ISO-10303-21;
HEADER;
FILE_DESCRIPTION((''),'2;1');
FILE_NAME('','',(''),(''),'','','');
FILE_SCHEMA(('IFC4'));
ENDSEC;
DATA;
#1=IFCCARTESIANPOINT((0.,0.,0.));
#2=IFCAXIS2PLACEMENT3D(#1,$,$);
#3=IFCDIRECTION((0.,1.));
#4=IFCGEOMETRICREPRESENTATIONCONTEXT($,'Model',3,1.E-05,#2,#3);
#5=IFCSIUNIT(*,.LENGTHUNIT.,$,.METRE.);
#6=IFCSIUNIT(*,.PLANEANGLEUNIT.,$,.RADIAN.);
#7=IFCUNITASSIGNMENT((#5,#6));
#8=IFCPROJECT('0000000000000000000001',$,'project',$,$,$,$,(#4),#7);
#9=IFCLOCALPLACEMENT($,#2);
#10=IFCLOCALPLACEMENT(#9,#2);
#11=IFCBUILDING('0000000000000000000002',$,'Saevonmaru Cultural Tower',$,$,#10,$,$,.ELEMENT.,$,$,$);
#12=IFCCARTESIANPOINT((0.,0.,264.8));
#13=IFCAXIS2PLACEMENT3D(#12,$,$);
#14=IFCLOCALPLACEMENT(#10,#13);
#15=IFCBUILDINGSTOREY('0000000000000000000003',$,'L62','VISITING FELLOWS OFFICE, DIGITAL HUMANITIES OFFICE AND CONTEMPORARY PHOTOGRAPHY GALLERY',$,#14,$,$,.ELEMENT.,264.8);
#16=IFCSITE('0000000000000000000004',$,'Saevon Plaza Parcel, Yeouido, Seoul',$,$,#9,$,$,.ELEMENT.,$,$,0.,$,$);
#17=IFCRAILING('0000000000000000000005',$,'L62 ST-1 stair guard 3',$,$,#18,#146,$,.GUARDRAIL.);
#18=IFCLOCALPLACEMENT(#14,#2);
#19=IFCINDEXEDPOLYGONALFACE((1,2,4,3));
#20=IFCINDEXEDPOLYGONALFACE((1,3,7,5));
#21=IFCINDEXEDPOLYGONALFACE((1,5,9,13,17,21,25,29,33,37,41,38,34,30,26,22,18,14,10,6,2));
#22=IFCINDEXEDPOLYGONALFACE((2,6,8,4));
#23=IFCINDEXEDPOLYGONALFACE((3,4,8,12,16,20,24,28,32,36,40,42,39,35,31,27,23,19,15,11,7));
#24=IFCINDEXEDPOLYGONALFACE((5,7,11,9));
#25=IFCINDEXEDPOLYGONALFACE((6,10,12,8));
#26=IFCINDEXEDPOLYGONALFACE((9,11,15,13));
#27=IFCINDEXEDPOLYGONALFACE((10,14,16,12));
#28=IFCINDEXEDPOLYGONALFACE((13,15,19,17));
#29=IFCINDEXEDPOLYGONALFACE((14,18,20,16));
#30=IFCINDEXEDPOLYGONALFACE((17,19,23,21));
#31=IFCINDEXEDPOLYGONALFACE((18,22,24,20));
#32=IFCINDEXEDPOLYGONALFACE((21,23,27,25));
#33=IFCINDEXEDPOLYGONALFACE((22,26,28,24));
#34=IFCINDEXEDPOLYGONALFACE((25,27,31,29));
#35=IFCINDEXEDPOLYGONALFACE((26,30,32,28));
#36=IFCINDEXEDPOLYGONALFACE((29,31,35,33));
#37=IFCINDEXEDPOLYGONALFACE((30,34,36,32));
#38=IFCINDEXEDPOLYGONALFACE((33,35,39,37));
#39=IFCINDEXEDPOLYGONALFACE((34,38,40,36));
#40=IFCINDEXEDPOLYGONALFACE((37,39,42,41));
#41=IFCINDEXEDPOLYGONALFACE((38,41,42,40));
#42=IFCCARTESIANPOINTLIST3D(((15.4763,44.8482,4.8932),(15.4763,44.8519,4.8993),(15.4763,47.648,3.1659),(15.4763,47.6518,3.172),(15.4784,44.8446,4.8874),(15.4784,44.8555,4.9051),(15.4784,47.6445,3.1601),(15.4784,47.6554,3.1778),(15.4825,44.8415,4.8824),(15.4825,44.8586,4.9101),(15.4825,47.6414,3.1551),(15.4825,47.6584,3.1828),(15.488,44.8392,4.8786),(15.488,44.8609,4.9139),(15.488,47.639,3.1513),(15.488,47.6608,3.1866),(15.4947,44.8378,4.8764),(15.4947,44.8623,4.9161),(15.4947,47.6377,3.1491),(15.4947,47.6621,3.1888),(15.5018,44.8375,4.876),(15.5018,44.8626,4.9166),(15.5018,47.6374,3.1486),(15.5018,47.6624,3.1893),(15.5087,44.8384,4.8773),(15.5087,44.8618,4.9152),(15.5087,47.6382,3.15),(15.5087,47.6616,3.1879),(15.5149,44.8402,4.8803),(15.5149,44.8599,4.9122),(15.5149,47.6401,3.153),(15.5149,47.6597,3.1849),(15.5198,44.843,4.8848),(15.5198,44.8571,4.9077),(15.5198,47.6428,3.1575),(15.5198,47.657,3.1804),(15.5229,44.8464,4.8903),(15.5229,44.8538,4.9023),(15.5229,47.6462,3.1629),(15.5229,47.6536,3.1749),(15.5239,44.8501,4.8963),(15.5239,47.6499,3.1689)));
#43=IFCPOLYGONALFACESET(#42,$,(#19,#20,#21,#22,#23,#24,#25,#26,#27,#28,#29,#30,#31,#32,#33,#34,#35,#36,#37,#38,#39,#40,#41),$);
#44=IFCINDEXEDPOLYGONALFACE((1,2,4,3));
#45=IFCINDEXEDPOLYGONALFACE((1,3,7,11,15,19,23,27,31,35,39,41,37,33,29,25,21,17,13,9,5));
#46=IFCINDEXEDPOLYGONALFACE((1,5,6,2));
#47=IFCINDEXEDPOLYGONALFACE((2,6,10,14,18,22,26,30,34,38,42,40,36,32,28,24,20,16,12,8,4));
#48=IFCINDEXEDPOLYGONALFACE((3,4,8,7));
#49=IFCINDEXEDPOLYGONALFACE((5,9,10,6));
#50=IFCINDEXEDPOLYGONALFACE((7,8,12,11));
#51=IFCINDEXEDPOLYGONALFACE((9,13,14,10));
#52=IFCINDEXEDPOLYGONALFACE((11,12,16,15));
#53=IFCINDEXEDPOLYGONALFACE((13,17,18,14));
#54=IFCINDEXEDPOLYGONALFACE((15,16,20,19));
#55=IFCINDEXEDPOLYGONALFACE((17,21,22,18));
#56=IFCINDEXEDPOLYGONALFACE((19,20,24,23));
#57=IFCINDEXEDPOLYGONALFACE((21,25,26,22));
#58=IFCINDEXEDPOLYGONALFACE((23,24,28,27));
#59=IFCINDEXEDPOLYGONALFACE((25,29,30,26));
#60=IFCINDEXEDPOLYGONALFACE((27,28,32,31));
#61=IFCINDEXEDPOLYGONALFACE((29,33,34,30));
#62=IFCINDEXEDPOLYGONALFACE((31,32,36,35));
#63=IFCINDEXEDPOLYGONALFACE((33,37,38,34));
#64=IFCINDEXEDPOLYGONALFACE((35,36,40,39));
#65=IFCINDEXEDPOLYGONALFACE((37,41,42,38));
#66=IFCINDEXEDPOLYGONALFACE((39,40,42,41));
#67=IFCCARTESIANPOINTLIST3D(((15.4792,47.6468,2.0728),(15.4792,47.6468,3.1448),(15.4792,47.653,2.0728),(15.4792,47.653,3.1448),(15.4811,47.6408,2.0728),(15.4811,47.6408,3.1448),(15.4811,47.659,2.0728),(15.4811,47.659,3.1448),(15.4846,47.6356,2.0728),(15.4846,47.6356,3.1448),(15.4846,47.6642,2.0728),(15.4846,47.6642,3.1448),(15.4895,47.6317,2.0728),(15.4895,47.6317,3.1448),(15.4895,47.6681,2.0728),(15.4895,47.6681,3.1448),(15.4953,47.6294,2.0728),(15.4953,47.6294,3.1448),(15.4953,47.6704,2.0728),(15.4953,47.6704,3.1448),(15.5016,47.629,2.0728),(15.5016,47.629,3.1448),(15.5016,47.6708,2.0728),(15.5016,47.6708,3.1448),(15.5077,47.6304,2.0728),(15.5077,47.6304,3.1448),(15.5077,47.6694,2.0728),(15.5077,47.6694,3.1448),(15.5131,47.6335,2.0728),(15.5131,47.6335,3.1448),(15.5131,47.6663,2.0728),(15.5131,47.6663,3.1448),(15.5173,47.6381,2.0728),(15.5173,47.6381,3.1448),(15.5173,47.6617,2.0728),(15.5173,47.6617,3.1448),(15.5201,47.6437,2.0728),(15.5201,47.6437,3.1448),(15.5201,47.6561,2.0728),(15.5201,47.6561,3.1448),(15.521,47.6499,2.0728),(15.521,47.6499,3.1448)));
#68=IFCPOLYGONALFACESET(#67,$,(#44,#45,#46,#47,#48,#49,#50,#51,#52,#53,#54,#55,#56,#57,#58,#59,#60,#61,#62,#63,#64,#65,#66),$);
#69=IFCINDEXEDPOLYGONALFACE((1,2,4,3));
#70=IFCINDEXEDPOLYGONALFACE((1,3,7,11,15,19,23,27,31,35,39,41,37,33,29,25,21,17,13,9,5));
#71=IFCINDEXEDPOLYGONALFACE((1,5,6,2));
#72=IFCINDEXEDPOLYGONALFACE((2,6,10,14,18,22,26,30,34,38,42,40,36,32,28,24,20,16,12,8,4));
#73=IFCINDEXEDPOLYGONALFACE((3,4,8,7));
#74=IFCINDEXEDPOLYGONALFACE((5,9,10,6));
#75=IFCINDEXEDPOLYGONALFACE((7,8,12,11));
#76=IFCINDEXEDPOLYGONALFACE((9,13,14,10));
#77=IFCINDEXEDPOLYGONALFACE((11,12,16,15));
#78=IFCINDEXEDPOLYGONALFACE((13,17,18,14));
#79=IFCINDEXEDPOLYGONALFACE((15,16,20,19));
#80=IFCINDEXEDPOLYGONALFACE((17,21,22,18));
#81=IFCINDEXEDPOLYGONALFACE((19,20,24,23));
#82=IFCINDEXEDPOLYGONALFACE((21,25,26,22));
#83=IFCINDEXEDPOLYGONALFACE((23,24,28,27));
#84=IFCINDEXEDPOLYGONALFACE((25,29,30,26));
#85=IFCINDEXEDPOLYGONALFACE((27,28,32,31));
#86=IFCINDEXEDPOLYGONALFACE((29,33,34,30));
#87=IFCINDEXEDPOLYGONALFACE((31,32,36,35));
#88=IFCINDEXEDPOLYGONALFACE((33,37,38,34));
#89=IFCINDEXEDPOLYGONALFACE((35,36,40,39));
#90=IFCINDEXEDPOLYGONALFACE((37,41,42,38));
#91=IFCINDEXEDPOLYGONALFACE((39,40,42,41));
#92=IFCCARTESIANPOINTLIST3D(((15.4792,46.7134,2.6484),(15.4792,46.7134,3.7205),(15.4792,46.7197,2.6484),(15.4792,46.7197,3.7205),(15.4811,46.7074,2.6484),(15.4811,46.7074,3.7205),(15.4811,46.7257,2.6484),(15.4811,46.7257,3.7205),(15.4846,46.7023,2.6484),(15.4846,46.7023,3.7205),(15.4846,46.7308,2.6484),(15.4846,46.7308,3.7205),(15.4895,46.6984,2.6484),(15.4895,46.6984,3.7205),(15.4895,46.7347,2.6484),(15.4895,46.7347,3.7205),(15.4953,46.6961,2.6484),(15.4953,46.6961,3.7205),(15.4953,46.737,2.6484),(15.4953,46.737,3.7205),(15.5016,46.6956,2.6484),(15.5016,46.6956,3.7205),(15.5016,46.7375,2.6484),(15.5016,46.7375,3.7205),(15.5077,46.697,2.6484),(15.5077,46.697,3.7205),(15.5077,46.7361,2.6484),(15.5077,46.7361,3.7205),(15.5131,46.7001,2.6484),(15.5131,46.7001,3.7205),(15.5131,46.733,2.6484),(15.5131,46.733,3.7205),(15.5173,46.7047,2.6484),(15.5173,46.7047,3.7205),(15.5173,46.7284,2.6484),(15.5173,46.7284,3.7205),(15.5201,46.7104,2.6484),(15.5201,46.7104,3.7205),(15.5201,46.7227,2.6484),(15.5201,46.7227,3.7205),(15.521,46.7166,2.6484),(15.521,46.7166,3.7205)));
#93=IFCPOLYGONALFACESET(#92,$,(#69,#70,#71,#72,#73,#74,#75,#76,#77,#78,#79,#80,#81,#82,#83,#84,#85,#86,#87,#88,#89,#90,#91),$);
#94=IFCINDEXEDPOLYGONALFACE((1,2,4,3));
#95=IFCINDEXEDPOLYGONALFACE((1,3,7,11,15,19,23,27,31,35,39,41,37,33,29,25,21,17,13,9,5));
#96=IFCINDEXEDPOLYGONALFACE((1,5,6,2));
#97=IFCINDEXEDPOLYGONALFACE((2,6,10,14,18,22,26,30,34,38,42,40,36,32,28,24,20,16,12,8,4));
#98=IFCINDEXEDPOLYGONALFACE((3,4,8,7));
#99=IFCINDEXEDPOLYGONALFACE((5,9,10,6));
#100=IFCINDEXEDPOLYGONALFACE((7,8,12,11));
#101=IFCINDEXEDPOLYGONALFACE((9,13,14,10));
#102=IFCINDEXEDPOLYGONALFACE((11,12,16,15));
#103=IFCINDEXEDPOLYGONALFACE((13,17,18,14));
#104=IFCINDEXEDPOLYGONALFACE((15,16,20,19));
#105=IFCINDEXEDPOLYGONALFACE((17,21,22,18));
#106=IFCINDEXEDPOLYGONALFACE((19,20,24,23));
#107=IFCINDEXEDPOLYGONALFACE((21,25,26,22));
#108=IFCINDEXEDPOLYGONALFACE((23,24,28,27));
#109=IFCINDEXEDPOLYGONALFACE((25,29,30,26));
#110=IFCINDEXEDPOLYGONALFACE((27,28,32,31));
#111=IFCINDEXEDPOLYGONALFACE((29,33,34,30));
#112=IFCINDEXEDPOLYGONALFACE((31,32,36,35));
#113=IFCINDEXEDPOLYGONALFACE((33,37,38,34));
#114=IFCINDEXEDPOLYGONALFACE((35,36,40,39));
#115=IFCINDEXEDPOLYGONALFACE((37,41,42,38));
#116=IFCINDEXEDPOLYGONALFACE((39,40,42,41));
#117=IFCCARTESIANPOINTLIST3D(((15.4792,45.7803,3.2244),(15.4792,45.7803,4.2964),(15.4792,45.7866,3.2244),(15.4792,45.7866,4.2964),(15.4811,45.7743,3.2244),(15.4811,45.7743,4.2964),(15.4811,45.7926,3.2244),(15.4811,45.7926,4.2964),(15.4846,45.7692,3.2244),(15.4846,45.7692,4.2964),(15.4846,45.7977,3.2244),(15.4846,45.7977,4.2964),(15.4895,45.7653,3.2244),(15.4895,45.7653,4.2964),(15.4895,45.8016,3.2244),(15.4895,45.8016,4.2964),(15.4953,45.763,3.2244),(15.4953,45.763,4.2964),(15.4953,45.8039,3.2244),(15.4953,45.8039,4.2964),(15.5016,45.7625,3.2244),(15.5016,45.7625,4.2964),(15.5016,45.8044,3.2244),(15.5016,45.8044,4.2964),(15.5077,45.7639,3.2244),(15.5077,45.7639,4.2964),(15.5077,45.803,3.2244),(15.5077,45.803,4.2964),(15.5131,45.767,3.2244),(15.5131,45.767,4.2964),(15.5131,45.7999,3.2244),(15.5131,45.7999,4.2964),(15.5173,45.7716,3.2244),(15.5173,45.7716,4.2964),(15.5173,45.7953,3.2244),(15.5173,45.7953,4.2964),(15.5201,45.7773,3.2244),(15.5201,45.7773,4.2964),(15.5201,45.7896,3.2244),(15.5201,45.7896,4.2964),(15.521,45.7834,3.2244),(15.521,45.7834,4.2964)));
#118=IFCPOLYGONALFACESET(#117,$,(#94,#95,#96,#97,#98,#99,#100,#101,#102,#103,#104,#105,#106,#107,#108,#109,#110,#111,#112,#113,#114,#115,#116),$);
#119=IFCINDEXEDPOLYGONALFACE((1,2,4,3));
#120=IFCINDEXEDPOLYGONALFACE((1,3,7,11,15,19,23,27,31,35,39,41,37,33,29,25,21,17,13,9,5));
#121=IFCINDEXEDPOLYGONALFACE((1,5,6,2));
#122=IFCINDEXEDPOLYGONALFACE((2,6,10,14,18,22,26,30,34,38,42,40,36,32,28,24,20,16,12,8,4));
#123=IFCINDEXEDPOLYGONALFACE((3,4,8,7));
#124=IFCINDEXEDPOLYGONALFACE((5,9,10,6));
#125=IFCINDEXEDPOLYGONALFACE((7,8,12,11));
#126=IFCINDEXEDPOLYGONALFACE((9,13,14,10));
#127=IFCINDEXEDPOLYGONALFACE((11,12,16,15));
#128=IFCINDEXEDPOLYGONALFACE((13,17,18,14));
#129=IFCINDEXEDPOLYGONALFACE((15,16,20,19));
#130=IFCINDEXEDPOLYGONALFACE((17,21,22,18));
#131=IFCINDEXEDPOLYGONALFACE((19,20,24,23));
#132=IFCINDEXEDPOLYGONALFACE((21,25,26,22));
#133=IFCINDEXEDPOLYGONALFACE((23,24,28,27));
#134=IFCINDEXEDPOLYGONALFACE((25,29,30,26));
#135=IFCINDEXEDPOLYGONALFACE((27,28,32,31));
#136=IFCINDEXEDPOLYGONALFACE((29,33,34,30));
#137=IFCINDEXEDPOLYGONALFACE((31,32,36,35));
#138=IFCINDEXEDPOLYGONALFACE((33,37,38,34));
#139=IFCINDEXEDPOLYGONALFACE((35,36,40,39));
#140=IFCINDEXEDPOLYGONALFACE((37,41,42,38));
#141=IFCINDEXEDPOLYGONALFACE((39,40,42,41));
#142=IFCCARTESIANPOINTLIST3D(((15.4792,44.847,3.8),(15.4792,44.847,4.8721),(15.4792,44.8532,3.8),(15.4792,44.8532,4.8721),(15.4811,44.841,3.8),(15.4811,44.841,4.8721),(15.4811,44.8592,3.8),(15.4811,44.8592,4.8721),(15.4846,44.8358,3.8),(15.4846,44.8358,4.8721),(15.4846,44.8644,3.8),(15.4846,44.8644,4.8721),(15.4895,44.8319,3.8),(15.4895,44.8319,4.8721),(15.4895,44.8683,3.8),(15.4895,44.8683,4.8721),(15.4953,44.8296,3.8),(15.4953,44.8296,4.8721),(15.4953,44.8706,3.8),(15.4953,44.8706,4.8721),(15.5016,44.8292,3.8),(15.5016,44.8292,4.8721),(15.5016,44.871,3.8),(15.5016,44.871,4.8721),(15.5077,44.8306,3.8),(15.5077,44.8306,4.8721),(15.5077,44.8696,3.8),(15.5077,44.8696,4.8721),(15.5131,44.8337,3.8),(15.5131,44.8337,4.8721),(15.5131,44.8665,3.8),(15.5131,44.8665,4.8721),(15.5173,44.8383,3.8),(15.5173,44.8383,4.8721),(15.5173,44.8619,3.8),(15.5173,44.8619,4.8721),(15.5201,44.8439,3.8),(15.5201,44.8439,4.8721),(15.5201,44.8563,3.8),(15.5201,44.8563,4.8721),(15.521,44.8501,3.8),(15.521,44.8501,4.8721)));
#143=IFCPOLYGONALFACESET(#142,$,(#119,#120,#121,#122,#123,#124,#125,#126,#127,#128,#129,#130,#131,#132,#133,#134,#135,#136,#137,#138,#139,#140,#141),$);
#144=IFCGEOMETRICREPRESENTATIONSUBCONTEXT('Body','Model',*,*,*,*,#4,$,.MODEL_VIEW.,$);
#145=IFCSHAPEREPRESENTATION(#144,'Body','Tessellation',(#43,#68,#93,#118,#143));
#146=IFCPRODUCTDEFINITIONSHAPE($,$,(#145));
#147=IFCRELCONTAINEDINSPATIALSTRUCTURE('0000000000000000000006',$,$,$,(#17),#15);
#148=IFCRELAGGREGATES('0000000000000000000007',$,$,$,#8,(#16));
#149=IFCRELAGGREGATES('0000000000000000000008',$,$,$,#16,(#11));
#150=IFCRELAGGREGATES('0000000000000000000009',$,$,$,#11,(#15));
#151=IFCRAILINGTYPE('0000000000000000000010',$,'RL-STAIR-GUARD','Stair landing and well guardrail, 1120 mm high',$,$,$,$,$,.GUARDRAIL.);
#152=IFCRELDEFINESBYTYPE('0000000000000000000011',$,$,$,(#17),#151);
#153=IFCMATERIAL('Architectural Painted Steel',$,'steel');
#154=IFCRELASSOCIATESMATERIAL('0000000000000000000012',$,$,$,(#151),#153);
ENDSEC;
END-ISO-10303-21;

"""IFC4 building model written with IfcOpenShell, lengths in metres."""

from ifc_helpers import new_model, si_unit, direction, frame, origin, origin_2d, place, context, subcontext, project, spatial, circle, extrude, material, type_object, element, save


model = new_model("IFC4")

# Units and contexts
model_context = context("Model", 3, precision=1e-05, world=origin(), true_north=direction((0.0, 1.0)))
body_context = subcontext(model_context, "Body", "Model", "MODEL_VIEW")
ifc_project = project(units=[si_unit("LENGTHUNIT", "METRE"), si_unit("PLANEANGLEUNIT", "RADIAN")], contexts=[model_context])

# Site, building, storey
site_placement = place(None, origin())
site = spatial("IfcSite", under=ifc_project, at=site_placement, Name="Saevon Plaza Parcel, Yeouido, Seoul", CompositionType="ELEMENT", RefElevation=0.0)
building_placement = place(site_placement, origin())
building = spatial("IfcBuilding", under=site, at=building_placement, Name="Saevonmaru Cultural Tower", CompositionType="ELEMENT")
storey_placement = place(building_placement, frame((0.0, 0.0, 264.8)))
storey = spatial("IfcBuildingStorey", under=building, at=storey_placement, Name="L62", Description="VISITING FELLOWS OFFICE, DIGITAL HUMANITIES OFFICE AND CONTEMPORARY PHOTOGRAPHY GALLERY", CompositionType="ELEMENT", Elevation=264.8)

# Railing
ifc_material_1 = material(Name="Architectural Painted Steel", Category="steel")
railing_type_1 = type_object("IfcRailingType", Name="RL-STAIR-GUARD", Description="Stair landing and well guardrail, 1120 mm high", PredefinedType="GUARDRAIL", material=ifc_material_1)
railing_1_placement = place(storey_placement, frame((15.5, 47.6499, 2.0728)))
element("IfcRailing", 1, at=railing_1_placement, inside=storey, type_object=railing_type_1, Name="L62 ST-1 stair guard 3", PredefinedType="GUARDRAIL", context=body_context, shape_type="SweptSolid", body=[
    extrude(circle(Radius=0.0239, at=origin_2d()), frame((0.0, 0.0, 1.0962), z_axis=(0.0, -0.851069, 0.525054), x_axis=(1.0, 0.0, 0.0)), (0.0, 0.0, 1.0), 3.2898),
    extrude(circle(Radius=0.021, at=origin_2d()), origin(), (0.0, 0.0, 1.0), 1.072),
    extrude(circle(Radius=0.021, at=origin_2d()), frame((0.0, -0.9333, 0.5757)), (0.0, 0.0, 1.0), 1.072),
    extrude(circle(Radius=0.021, at=origin_2d()), frame((0.0, -1.8665, 1.1516)), (0.0, 0.0, 1.0), 1.072),
    extrude(circle(Radius=0.021, at=origin_2d()), frame((0.0, -2.7998, 1.7273)), (0.0, 0.0, 1.0), 1.072),
])

save(model, "model.ifc")
